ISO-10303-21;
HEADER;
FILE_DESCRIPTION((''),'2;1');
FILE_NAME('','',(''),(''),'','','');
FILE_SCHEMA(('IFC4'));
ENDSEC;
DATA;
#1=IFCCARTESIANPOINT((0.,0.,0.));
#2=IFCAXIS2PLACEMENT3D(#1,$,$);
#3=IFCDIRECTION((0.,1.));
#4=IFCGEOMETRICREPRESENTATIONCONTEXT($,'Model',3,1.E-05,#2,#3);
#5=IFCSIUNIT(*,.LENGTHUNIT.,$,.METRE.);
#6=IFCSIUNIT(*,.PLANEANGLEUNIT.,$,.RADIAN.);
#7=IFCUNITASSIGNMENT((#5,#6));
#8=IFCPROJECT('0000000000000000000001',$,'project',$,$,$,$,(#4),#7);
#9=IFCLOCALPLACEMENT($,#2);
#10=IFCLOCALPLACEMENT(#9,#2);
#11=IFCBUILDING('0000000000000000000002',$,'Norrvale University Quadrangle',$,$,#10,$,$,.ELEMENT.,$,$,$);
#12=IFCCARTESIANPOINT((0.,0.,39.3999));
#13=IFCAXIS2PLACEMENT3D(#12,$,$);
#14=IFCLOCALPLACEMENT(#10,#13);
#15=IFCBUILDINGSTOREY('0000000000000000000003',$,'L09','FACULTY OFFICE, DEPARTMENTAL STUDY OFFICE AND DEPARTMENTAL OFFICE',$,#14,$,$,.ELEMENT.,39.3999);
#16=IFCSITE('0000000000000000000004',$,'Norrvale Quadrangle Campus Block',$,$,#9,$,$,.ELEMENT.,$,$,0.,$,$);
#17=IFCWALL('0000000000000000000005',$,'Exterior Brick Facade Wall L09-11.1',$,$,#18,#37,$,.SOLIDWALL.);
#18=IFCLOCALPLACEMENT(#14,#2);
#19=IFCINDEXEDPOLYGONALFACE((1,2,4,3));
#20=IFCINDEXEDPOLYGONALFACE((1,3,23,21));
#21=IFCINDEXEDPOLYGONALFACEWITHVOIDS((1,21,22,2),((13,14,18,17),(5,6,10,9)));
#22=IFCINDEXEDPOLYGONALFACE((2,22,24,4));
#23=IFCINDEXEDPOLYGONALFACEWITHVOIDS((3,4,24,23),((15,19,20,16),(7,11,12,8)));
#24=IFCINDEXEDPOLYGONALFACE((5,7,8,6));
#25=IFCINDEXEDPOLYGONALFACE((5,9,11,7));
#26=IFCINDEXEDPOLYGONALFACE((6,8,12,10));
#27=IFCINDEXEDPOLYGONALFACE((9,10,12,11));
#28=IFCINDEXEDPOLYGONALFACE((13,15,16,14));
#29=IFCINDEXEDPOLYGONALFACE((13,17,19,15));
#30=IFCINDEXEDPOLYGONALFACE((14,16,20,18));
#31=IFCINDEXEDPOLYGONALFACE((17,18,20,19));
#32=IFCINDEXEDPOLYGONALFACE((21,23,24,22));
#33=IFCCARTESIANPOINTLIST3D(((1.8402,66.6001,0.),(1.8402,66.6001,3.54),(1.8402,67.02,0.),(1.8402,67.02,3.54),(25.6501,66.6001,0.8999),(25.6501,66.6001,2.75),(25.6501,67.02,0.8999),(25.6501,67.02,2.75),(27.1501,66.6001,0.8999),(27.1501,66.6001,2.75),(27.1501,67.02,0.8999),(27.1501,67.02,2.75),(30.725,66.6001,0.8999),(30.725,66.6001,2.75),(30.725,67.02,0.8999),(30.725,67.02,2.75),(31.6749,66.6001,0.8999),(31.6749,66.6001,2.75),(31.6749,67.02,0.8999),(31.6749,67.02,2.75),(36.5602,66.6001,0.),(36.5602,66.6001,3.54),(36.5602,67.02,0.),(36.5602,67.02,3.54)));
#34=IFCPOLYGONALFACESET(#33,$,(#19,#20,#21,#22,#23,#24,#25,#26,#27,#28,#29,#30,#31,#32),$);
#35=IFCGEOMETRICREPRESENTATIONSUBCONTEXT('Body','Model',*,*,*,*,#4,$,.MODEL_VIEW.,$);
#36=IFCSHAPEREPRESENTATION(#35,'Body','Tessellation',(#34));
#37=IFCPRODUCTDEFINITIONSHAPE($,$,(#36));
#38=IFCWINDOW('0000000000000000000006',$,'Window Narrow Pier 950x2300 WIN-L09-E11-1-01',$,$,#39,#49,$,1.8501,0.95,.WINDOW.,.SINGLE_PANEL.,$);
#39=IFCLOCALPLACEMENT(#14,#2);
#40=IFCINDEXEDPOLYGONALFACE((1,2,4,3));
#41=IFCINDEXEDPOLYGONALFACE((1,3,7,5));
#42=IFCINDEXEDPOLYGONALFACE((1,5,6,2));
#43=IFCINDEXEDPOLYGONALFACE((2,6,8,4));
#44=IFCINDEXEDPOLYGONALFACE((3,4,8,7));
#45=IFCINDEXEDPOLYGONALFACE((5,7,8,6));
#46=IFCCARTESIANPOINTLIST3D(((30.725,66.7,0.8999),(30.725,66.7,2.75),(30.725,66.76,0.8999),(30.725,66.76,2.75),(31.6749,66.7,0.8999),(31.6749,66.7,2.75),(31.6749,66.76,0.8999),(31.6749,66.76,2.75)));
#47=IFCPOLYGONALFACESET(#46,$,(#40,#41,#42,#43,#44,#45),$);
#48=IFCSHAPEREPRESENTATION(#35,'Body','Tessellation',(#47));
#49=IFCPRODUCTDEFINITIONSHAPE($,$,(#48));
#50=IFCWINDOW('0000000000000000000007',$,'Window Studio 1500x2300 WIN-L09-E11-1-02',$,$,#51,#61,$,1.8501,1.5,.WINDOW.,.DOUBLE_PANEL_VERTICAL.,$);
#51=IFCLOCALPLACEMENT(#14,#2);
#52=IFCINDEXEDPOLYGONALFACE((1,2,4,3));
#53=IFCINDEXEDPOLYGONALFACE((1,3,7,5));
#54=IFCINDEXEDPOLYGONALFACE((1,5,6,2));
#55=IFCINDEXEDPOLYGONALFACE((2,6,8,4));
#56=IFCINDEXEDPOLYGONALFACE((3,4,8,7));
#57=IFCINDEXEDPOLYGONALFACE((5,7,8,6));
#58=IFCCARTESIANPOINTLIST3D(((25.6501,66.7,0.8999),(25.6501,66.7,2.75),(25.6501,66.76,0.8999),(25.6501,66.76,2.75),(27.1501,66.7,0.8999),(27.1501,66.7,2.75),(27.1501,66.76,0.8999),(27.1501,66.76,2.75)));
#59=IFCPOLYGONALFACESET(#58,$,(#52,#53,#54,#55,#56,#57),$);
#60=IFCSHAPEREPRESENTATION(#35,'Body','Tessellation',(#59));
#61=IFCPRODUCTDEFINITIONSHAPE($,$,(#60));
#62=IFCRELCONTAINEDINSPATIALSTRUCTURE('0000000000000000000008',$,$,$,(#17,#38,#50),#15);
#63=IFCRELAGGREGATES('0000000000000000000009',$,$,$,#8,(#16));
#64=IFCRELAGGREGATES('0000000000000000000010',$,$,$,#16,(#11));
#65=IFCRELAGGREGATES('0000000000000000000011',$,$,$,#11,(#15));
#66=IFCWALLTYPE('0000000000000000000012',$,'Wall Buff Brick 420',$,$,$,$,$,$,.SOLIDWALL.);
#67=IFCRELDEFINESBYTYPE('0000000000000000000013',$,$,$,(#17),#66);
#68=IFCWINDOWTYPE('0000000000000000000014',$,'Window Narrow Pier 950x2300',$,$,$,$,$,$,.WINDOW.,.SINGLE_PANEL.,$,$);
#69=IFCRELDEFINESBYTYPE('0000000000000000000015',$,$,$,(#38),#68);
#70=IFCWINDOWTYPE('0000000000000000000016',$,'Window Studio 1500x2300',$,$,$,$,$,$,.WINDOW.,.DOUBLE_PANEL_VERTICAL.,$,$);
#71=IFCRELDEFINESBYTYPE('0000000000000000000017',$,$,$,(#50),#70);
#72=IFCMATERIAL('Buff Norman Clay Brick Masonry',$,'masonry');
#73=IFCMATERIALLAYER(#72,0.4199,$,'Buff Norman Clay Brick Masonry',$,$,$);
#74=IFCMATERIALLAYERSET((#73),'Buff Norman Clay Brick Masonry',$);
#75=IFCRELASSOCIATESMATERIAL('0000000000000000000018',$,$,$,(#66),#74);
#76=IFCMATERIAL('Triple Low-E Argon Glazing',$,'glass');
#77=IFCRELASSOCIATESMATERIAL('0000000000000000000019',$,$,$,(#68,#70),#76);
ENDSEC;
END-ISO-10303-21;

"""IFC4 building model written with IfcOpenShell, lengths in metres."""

from ifc_helpers import new_model, si_unit, direction, frame, frame_2d, origin, place, context, subcontext, project, spatial, rectangle, extrude, material, layer, layer_set, type_object, element, fill, save


model = new_model("IFC4")

# Units and contexts
model_context = context("Model", 3, precision=1e-05, world=origin(), true_north=direction((0.0, 1.0)))
body_context = subcontext(model_context, "Body", "Model", "MODEL_VIEW")
ifc_project = project(units=[si_unit("LENGTHUNIT", "METRE"), si_unit("PLANEANGLEUNIT", "RADIAN")], contexts=[model_context])

# Site, building, storey
site_placement = place(None, origin())
site = spatial("IfcSite", under=ifc_project, at=site_placement, Name="Norrvale Quadrangle Campus Block", CompositionType="ELEMENT", RefElevation=0.0)
building_placement = place(site_placement, origin())
building = spatial("IfcBuilding", under=site, at=building_placement, Name="Norrvale University Quadrangle", CompositionType="ELEMENT")
storey_placement = place(building_placement, frame((0.0, 0.0, 39.3999)))
storey = spatial("IfcBuildingStorey", under=building, at=storey_placement, Name="L09", Description="FACULTY OFFICE, DEPARTMENTAL STUDY OFFICE AND DEPARTMENTAL OFFICE", CompositionType="ELEMENT", Elevation=39.3999)

# Shared definitions
ifc_material_1 = material(Name="Buff Norman Clay Brick Masonry", Category="masonry")
ifc_layer = layer(ifc_material_1, 0.4199, Name="Buff Norman Clay Brick Masonry")
ifc_layer_set = layer_set([ifc_layer], Name="Buff Norman Clay Brick Masonry")
wall_type = type_object("IfcWallType", Name="Wall Buff Brick 420", PredefinedType="SOLIDWALL", material=ifc_layer_set)

# Wall, openings, windows
wall_placement = place(storey_placement, frame((36.5601, 66.8101, 0.0), z_axis=(0.0, 0.0, 1.0), x_axis=(-1.0, 0.0, 0.0)))
wall = element("IfcWall", 1, at=wall_placement, inside=storey, type_object=wall_type, Name="Exterior Brick Facade Wall L09-11.1", PredefinedType="SOLIDWALL", context=body_context, shape_type="SweptSolid", body=[
    extrude(rectangle(XDim=34.72, YDim=0.4199, at=frame_2d((17.3599, 0.0))), origin(), (0.0, 0.0, 1.0), 3.54),
])
opening_1_placement = place(wall_placement, frame((4.885, 0.0, 0.8999)))
opening_1 = element("IfcOpeningElement", 2, at=opening_1_placement, cuts=wall, PredefinedType="OPENING", context=body_context, shape_type="SweptSolid", body=[
    extrude(rectangle(XDim=0.95, YDim=1.8501, at=frame_2d((0.4751, 0.925))), frame((0.0, 0.2219, 0.0), z_axis=(0.0, -1.0, 0.0), x_axis=(1.0, 0.0, 0.0)), (0.0, 0.0, 1.0), 0.4438),
])
opening_2_placement = place(wall_placement, frame((9.4099, 0.0, 0.8999)))
opening_2 = element("IfcOpeningElement", 3, at=opening_2_placement, cuts=wall, PredefinedType="OPENING", context=body_context, shape_type="SweptSolid", body=[
    extrude(rectangle(XDim=1.5, YDim=1.8501, at=frame_2d((0.75, 0.925))), frame((0.0, 0.2219, 0.0), z_axis=(0.0, -1.0, 0.0), x_axis=(1.0, 0.0, 0.0)), (0.0, 0.0, 1.0), 0.4438),
])
ifc_material_2 = material(Name="Triple Low-E Argon Glazing", Category="glass")
window_type_1 = type_object("IfcWindowType", Name="Window Narrow Pier 950x2300", PartitioningType="SINGLE_PANEL", PredefinedType="WINDOW", material=ifc_material_2)
window_1_placement = place(opening_1_placement, origin())
window_1 = element("IfcWindow", 4, at=window_1_placement, inside=storey, type_object=window_type_1, Name="Window Narrow Pier 950x2300 WIN-L09-E11-1-01", OverallHeight=1.8501, OverallWidth=0.95, PartitioningType="SINGLE_PANEL", PredefinedType="WINDOW", context=body_context, shape_type="SweptSolid", body=[
    extrude(rectangle(XDim=0.95, YDim=1.8501, at=frame_2d((0.4751, 0.925))), frame((0.0, 0.1101, 0.0), z_axis=(0.0, -1.0, 0.0), x_axis=(1.0, 0.0, 0.0)), (0.0, 0.0, 1.0), 0.0601),
])
fill(opening_1, window_1)
window_type_2 = type_object("IfcWindowType", Name="Window Studio 1500x2300", PartitioningType="DOUBLE_PANEL_VERTICAL", PredefinedType="WINDOW", material=ifc_material_2)
window_2_placement = place(opening_2_placement, origin())
window_2 = element("IfcWindow", 5, at=window_2_placement, inside=storey, type_object=window_type_2, Name="Window Studio 1500x2300 WIN-L09-E11-1-02", OverallHeight=1.8501, OverallWidth=1.5, PartitioningType="DOUBLE_PANEL_VERTICAL", PredefinedType="WINDOW", context=body_context, shape_type="SweptSolid", body=[
    extrude(rectangle(XDim=1.5, YDim=1.8501, at=frame_2d((0.75, 0.925))), frame((0.0, 0.1101, 0.0), z_axis=(0.0, -1.0, 0.0), x_axis=(1.0, 0.0, 0.0)), (0.0, 0.0, 1.0), 0.0601),
])
fill(opening_2, window_2)

save(model, "model.ifc")
